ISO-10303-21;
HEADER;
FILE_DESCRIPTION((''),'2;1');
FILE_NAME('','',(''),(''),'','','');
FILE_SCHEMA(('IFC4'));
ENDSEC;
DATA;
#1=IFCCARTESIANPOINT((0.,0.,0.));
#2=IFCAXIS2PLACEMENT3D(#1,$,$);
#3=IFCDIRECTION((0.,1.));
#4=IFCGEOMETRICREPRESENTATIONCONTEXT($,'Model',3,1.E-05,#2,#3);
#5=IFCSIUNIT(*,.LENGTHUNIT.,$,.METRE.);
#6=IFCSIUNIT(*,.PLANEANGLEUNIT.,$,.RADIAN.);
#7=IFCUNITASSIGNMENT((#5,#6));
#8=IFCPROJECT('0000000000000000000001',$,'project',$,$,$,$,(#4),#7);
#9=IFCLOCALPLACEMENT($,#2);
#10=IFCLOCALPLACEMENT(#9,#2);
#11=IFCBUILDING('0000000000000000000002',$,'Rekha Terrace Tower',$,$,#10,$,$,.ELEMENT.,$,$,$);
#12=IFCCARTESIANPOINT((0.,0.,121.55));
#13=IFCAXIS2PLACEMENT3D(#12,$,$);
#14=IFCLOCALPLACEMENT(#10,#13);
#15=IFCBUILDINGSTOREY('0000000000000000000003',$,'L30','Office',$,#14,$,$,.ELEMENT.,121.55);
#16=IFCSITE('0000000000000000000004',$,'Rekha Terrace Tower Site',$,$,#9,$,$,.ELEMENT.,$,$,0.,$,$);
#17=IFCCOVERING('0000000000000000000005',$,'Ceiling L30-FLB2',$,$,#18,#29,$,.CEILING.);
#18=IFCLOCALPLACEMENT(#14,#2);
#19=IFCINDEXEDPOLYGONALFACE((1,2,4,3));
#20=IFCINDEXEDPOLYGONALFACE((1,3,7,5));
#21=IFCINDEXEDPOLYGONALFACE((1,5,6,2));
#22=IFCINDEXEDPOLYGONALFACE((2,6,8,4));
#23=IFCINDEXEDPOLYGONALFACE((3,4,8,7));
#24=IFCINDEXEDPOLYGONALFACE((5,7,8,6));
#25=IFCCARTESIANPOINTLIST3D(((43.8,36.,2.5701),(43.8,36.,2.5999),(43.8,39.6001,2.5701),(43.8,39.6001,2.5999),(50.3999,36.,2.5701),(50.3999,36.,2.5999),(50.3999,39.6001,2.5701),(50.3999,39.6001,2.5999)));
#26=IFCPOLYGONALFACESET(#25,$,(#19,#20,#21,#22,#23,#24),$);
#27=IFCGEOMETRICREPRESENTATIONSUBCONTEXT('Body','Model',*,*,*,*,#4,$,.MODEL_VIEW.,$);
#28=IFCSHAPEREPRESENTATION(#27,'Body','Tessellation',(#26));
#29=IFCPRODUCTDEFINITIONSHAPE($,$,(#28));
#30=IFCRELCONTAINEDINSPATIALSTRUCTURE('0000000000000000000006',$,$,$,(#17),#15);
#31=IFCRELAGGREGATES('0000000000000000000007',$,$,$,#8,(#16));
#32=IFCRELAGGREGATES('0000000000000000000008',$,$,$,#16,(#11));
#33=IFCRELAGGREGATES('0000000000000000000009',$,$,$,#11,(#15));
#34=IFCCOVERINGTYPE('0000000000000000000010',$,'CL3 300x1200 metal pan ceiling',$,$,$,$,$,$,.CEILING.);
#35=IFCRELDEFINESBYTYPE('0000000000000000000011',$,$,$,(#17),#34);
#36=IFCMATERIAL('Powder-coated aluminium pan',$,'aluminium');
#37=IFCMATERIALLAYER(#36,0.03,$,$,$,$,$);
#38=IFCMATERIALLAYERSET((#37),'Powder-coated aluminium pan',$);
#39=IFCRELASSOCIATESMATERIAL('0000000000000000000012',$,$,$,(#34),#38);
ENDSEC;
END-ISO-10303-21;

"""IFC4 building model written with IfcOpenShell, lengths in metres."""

from ifc_helpers import new_model, si_unit, direction, frame, origin, place, context, subcontext, project, spatial, polyline, outline, extrude, material, layer, layer_set, type_object, element, save


model = new_model("IFC4")

# Units and contexts
model_context = context("Model", 3, precision=1e-05, world=origin(), true_north=direction((0.0, 1.0)))
body_context = subcontext(model_context, "Body", "Model", "MODEL_VIEW")
ifc_project = project(units=[si_unit("LENGTHUNIT", "METRE"), si_unit("PLANEANGLEUNIT", "RADIAN")], contexts=[model_context])

# Site, building, storey
site_placement = place(None, origin())
site = spatial("IfcSite", under=ifc_project, at=site_placement, Name="Rekha Terrace Tower Site", CompositionType="ELEMENT", RefElevation=0.0)
building_placement = place(site_placement, origin())
building = spatial("IfcBuilding", under=site, at=building_placement, Name="Rekha Terrace Tower", CompositionType="ELEMENT")
storey_placement = place(building_placement, frame((0.0, 0.0, 121.55)))
storey = spatial("IfcBuildingStorey", under=building, at=storey_placement, Name="L30", Description="Office", CompositionType="ELEMENT", Elevation=121.55)

# Covering
ifc_material_1 = material(Name="Powder-coated aluminium pan", Category="aluminium")
ifc_layer_1 = layer(ifc_material_1, 0.03)
ifc_layer_set_1 = layer_set([ifc_layer_1], Name="Powder-coated aluminium pan")
covering_type_1 = type_object("IfcCoveringType", Name="CL3 300x1200 metal pan ceiling", PredefinedType="CEILING", material=ifc_layer_set_1)
covering_1_placement = place(storey_placement, frame((0.0, 0.0, 2.5701)))
element("IfcCovering", 1, at=covering_1_placement, inside=storey, type_object=covering_type_1, Name="Ceiling L30-FLB2", PredefinedType="CEILING", context=body_context, shape_type="SweptSolid", body=[
    extrude(outline(polyline([(50.3999, 39.6001), (43.8, 39.6001), (43.8, 36.0), (50.3999, 36.0), (50.3999, 39.6001)])), origin(), (0.0, 0.0, 1.0), 0.0298),
])

save(model, "model.ifc")
